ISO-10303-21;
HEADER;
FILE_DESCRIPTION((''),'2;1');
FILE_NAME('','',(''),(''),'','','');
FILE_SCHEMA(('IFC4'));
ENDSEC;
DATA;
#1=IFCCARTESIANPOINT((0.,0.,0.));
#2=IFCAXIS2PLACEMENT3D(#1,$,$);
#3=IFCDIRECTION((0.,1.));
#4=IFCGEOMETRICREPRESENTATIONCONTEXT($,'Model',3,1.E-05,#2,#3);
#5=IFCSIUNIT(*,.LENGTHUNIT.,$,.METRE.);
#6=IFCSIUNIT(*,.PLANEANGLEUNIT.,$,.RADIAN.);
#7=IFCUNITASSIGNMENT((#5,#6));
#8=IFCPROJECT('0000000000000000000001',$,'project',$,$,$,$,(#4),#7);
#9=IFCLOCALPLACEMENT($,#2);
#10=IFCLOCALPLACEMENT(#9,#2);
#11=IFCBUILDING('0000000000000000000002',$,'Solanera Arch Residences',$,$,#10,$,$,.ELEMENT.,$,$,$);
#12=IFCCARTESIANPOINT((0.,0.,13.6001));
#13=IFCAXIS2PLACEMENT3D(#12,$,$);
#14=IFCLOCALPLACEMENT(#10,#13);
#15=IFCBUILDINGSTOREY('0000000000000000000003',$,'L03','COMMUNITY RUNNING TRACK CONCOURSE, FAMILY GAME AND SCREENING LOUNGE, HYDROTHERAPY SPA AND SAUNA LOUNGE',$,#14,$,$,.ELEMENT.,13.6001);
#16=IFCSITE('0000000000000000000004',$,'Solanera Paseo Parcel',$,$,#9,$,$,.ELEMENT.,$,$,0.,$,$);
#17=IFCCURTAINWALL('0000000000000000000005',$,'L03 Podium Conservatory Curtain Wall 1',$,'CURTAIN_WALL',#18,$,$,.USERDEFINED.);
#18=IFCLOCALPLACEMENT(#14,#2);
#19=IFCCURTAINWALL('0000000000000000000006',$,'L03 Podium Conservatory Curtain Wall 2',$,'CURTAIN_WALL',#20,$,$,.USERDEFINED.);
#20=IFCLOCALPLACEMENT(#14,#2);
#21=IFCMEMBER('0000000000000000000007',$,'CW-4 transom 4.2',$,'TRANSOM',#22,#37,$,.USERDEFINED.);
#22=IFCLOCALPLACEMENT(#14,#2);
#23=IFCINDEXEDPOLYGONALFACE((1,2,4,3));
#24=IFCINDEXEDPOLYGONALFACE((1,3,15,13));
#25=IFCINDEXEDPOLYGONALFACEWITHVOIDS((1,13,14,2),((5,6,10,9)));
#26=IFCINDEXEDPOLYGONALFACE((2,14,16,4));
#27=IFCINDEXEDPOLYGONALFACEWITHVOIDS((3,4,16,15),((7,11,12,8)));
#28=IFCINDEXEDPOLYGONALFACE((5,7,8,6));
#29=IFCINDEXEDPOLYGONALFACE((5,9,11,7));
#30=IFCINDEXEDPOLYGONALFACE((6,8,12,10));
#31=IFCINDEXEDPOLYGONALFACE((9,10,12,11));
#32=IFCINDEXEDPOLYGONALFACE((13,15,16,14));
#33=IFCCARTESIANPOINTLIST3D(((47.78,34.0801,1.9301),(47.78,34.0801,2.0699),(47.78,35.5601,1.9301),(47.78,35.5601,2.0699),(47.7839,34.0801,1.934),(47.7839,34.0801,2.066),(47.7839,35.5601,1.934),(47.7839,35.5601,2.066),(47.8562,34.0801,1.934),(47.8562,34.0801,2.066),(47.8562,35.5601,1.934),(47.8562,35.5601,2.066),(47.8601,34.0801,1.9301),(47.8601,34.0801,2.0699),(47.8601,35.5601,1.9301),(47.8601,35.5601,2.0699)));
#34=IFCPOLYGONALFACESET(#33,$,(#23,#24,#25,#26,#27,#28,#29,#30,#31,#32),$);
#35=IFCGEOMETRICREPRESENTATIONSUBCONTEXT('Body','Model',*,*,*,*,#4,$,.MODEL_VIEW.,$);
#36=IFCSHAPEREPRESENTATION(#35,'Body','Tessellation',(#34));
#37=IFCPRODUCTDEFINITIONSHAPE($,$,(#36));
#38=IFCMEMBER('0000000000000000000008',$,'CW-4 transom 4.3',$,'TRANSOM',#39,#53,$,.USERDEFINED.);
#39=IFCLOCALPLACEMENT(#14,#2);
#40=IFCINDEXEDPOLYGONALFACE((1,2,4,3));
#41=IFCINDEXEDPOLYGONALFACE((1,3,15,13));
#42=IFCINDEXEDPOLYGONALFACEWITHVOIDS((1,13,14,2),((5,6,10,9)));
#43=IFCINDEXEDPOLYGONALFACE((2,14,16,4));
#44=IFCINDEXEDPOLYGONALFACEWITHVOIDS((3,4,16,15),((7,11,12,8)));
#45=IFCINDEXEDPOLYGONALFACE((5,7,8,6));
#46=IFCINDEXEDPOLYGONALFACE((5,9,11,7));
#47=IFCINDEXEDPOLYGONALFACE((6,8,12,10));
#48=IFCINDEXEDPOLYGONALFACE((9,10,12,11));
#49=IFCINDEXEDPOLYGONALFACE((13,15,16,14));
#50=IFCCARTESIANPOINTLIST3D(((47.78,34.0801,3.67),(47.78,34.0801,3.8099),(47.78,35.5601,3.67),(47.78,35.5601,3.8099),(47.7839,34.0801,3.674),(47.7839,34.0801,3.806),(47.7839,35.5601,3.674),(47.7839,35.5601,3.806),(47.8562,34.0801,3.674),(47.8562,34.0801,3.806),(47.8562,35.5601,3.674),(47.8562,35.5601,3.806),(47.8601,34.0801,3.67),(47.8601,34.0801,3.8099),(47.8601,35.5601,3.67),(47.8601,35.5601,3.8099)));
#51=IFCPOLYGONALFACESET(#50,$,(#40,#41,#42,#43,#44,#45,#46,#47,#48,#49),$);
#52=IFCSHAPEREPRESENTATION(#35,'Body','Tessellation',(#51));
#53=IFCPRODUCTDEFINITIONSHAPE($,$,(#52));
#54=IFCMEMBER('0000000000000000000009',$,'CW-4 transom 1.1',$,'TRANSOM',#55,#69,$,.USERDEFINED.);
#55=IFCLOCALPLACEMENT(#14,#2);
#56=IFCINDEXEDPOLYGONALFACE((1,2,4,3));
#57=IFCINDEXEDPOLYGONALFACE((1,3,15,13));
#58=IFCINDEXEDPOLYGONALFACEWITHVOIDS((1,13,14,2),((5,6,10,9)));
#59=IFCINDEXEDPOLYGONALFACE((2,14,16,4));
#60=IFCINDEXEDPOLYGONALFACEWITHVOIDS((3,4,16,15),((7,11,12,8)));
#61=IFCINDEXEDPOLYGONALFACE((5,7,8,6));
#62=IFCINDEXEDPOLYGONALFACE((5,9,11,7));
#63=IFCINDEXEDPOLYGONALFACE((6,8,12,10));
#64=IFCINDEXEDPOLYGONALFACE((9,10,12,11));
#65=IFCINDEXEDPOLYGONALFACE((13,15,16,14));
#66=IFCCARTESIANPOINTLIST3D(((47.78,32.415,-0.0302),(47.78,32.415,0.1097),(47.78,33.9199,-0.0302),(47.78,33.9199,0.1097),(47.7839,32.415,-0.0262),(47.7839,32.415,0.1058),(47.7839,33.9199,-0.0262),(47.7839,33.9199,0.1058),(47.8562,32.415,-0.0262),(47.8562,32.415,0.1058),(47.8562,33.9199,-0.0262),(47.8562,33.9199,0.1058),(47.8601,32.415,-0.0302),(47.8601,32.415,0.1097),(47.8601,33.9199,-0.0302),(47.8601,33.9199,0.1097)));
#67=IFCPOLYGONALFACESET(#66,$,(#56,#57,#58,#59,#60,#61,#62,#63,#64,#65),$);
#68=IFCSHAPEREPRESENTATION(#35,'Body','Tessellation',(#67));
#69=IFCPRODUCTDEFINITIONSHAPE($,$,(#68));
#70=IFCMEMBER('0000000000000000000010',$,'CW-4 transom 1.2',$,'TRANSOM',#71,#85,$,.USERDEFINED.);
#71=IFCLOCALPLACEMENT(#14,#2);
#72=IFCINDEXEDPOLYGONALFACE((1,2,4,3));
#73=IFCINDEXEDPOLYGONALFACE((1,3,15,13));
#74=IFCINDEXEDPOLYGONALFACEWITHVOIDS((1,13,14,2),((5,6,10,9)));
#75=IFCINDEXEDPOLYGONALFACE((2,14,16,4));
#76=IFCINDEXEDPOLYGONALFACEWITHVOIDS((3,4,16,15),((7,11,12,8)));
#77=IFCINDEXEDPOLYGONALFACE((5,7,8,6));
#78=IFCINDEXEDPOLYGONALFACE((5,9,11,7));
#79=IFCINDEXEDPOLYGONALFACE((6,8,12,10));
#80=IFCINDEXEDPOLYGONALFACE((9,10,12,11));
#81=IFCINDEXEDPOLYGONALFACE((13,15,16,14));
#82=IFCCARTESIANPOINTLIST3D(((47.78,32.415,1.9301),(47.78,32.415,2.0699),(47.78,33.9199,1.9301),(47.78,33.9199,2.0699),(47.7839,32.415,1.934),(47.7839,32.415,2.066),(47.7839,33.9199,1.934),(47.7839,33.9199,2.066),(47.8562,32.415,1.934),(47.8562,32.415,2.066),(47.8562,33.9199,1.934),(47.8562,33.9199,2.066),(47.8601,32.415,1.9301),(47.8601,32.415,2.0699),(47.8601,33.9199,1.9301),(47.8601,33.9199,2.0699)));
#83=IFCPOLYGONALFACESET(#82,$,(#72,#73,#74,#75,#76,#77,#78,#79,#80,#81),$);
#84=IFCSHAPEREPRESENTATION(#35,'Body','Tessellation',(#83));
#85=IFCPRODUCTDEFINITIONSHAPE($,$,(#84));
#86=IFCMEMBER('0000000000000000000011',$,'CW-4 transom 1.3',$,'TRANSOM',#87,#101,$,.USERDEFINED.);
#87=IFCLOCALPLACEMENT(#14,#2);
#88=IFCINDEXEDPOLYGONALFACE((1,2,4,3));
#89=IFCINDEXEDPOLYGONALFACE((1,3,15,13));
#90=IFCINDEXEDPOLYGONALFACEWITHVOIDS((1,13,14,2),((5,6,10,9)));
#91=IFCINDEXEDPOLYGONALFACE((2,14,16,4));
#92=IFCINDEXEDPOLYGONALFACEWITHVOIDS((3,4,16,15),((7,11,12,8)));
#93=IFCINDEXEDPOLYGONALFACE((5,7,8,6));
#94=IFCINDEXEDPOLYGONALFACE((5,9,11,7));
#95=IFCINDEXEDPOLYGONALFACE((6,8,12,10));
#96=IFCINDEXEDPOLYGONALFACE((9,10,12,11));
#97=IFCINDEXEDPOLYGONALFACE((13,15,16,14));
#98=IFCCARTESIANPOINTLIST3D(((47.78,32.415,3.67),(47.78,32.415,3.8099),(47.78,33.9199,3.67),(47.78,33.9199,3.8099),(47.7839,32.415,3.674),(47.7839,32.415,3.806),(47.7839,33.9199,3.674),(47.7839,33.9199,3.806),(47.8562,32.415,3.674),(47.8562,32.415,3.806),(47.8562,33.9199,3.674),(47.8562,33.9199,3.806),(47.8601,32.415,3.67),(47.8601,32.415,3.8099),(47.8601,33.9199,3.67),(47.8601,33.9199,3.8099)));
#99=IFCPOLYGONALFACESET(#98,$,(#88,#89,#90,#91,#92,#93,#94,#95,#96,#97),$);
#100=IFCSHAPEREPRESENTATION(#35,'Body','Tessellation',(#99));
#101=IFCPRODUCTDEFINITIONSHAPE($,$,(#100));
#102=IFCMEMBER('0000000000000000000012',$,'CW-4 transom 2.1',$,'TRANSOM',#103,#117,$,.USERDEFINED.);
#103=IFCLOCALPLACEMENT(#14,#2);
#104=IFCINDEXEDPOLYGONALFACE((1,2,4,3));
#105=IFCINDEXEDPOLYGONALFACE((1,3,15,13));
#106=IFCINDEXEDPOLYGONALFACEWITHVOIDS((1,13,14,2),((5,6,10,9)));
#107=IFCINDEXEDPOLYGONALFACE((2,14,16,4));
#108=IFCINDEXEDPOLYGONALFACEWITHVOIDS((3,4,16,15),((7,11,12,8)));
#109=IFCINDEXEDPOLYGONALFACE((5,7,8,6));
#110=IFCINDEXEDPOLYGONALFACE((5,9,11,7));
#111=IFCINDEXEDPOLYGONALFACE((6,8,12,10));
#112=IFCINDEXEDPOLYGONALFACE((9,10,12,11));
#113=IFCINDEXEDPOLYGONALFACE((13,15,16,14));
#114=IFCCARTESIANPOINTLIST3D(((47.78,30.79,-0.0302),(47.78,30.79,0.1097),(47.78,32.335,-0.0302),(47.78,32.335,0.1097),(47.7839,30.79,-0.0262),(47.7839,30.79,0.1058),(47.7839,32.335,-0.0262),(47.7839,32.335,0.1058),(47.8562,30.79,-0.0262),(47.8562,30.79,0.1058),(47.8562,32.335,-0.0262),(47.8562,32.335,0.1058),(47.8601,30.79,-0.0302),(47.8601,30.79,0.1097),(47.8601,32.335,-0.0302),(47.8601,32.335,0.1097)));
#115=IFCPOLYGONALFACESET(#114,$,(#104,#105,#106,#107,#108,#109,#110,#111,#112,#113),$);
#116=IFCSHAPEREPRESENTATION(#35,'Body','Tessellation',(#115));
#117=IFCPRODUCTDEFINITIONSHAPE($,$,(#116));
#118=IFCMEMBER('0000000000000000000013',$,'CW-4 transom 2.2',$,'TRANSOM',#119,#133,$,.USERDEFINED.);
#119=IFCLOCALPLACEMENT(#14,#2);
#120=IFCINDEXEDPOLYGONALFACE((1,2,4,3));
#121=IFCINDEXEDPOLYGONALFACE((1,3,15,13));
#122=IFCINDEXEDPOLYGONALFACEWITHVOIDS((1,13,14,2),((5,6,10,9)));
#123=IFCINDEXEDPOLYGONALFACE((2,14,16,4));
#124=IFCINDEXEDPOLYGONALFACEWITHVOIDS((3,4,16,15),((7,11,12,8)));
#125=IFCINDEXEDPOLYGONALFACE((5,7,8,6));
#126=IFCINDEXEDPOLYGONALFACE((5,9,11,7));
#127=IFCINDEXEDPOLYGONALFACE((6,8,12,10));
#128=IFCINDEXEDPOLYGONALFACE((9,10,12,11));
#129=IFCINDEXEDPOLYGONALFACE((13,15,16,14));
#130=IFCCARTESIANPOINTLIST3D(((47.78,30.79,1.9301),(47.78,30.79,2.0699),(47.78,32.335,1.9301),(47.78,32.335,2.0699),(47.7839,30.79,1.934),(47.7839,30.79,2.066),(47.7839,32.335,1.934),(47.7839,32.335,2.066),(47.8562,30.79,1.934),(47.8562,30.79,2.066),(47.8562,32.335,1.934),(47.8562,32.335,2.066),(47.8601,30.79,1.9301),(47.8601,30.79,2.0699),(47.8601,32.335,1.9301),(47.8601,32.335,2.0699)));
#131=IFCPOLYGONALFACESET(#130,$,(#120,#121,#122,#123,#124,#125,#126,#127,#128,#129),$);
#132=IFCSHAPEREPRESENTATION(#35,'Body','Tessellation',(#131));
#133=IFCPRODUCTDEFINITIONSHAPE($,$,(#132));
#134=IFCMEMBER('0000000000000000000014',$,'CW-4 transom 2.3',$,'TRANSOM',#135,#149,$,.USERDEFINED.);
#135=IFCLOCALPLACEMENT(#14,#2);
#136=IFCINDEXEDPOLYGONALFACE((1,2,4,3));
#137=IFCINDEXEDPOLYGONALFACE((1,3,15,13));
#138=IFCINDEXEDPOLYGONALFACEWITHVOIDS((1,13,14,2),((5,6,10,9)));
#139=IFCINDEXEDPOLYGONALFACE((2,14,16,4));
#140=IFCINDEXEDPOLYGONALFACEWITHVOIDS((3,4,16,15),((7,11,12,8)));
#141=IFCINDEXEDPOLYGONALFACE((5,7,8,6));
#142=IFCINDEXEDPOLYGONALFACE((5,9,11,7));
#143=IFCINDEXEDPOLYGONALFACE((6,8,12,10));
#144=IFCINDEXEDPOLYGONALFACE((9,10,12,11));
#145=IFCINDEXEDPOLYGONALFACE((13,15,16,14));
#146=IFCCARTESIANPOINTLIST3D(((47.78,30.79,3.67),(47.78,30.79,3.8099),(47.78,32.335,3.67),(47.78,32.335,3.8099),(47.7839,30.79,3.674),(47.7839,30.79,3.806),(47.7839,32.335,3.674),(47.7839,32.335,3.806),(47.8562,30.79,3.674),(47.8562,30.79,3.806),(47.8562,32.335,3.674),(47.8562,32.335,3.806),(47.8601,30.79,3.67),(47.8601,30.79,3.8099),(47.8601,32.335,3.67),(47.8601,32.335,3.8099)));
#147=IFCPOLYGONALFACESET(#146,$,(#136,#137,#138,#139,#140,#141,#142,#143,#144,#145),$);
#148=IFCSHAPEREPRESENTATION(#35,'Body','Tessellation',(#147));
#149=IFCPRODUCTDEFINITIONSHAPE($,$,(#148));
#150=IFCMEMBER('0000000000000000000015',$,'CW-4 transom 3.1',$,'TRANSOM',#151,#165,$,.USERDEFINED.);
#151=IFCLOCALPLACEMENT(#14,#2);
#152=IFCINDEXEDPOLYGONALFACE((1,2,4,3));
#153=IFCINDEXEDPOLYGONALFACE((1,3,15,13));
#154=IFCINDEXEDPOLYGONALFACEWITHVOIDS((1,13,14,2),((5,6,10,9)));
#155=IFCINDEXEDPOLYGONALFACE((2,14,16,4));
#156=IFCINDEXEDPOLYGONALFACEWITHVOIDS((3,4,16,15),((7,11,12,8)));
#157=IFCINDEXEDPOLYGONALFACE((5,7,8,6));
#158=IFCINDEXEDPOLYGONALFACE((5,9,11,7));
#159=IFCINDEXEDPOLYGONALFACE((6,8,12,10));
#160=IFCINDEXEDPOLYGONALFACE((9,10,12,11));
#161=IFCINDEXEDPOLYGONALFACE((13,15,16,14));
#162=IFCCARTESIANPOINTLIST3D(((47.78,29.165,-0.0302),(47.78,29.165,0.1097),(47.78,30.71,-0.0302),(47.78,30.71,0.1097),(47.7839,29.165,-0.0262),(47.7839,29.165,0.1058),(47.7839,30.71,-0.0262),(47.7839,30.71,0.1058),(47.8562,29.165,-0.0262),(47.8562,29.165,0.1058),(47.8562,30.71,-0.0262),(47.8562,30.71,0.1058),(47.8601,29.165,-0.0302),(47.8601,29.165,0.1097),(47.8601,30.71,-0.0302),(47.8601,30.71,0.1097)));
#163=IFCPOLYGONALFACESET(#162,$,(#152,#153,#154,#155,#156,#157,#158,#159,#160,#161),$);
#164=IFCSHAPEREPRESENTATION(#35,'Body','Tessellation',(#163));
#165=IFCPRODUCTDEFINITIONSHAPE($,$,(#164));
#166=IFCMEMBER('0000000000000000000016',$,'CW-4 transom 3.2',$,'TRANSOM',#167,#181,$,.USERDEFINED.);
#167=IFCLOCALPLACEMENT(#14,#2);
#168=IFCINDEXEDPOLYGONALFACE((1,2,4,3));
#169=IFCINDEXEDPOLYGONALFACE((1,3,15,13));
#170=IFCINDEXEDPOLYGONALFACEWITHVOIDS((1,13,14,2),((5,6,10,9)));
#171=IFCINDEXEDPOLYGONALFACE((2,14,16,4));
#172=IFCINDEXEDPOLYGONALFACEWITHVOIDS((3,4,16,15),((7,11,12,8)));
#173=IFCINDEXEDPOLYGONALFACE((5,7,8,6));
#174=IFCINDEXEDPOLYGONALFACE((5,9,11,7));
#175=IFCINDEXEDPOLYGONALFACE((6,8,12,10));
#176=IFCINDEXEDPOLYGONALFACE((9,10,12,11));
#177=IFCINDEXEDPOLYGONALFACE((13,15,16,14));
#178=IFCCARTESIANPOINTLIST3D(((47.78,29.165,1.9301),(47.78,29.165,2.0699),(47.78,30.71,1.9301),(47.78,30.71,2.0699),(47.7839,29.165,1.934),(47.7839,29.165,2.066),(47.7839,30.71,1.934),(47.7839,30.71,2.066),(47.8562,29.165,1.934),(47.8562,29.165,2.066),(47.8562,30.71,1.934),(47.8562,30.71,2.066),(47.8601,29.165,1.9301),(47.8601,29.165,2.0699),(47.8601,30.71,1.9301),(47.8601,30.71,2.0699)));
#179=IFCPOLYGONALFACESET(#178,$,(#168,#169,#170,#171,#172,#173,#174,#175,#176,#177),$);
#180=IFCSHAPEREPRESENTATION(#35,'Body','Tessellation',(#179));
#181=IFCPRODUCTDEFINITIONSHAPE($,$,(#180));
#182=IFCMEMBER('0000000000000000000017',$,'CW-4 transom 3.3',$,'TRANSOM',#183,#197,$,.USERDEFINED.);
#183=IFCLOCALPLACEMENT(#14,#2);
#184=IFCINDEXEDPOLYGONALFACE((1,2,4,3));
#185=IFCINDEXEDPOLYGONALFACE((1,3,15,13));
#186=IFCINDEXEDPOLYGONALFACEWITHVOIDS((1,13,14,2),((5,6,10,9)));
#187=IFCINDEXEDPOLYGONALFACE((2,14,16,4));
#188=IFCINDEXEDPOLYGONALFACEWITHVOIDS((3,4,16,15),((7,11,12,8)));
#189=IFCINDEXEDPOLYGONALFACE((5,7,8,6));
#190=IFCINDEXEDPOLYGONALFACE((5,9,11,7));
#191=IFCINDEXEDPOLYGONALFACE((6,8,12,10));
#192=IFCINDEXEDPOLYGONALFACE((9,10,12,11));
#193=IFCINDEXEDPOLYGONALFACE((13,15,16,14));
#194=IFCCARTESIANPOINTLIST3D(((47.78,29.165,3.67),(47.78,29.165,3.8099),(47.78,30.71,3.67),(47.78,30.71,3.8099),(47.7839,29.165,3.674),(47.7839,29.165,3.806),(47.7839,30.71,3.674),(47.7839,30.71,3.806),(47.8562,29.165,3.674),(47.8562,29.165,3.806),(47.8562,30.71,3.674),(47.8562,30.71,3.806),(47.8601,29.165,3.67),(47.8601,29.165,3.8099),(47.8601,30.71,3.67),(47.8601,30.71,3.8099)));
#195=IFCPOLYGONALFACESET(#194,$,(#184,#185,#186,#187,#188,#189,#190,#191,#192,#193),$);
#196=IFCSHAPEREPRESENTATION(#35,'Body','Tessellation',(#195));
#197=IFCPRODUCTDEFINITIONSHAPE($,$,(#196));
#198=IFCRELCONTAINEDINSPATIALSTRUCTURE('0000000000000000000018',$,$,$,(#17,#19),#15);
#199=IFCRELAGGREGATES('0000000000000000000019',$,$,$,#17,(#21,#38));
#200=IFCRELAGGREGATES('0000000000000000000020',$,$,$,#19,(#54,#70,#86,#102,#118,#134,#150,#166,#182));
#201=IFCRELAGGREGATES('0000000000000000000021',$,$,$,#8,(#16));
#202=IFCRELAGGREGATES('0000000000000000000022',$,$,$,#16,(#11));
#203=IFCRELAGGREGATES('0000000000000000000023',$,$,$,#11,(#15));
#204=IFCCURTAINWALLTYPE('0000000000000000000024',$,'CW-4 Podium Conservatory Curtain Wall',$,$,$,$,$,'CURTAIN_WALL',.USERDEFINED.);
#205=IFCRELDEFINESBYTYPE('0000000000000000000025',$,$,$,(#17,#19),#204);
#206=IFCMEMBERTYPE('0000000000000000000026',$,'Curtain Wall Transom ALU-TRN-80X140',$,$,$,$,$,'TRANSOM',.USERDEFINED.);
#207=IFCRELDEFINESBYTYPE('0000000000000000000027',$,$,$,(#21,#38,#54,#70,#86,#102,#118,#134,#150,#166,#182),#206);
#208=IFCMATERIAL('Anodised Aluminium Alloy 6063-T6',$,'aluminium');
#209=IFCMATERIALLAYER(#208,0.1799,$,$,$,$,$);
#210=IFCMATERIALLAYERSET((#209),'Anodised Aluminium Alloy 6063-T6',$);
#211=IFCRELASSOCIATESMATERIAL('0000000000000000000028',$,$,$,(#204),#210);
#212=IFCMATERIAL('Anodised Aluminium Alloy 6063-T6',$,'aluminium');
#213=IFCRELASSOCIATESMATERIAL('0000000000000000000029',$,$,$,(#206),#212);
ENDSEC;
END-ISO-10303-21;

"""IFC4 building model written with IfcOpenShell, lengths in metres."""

from ifc_helpers import new_model, si_unit, direction, frame, origin, origin_2d, place, context, subcontext, project, spatial, hollow_rectangle, extrude, material, layer, layer_set, material_profile, profile_set, type_object, element, aggregate, save


model = new_model("IFC4")

# Units and contexts
model_context = context("Model", 3, precision=1e-05, world=origin(), true_north=direction((0.0, 1.0)))
body_context = subcontext(model_context, "Body", "Model", "MODEL_VIEW")
ifc_project = project(units=[si_unit("LENGTHUNIT", "METRE"), si_unit("PLANEANGLEUNIT", "RADIAN")], contexts=[model_context])

# Site, building, storey
site_placement = place(None, origin())
site = spatial("IfcSite", under=ifc_project, at=site_placement, Name="Solanera Paseo Parcel", CompositionType="ELEMENT", RefElevation=0.0)
building_placement = place(site_placement, origin())
building = spatial("IfcBuilding", under=site, at=building_placement, Name="Solanera Arch Residences", CompositionType="ELEMENT")
storey_placement = place(building_placement, frame((0.0, 0.0, 13.6001)))
storey = spatial("IfcBuildingStorey", under=building, at=storey_placement, Name="L03", Description="COMMUNITY RUNNING TRACK CONCOURSE, FAMILY GAME AND SCREENING LOUNGE, HYDROTHERAPY SPA AND SAUNA LOUNGE", CompositionType="ELEMENT", Elevation=13.6001)

# Curtain walls
ifc_material_1 = material(Name="Anodised Aluminium Alloy 6063-T6", Category="aluminium")
ifc_layer_1 = layer(ifc_material_1, 0.1799)
ifc_layer_set_1 = layer_set([ifc_layer_1], Name="Anodised Aluminium Alloy 6063-T6")
curtain_wall_type = type_object("IfcCurtainWallType", Name="CW-4 Podium Conservatory Curtain Wall", ElementType="CURTAIN_WALL", PredefinedType="USERDEFINED", material=ifc_layer_set_1)
curtain_wall_1_placement = place(storey_placement, origin())
curtain_wall_1 = element("IfcCurtainWall", 1, at=curtain_wall_1_placement, inside=storey, type_object=curtain_wall_type, Name="L03 Podium Conservatory Curtain Wall 1", ObjectType="CURTAIN_WALL", PredefinedType="USERDEFINED")
curtain_wall_2_placement = place(storey_placement, origin())
curtain_wall_2 = element("IfcCurtainWall", 2, at=curtain_wall_2_placement, inside=storey, type_object=curtain_wall_type, Name="L03 Podium Conservatory Curtain Wall 2", ObjectType="CURTAIN_WALL", PredefinedType="USERDEFINED")

# Members
ifc_material_2 = material(Name="Anodised Aluminium Alloy 6063-T6", Category="aluminium")
ifc_material_profile_1 = material_profile(ifc_material_2, hollow_rectangle(XDim=0.0801, YDim=0.1399, WallThickness=0.0039, at=origin_2d()))
ifc_profile_set_1 = profile_set([ifc_material_profile_1], Name="Anodised Aluminium Alloy 6063-T6")
member_type_1 = type_object("IfcMemberType", Name="Curtain Wall Transom ALU-TRN-80X140", ElementType="TRANSOM", PredefinedType="USERDEFINED", material=ifc_profile_set_1)
member_1_placement = place(storey_placement, frame((47.8201, 35.5601, 2.0), z_axis=(0.0, -1.0, 0.0), x_axis=(1.0, 0.0, 0.0)))
member_1 = element("IfcMember", 3, at=member_1_placement, type_object=member_type_1, Name="CW-4 transom 4.2", ObjectType="TRANSOM", PredefinedType="USERDEFINED", context=body_context, shape_type="SweptSolid", body=[
    extrude(hollow_rectangle(XDim=0.0801, YDim=0.1399, WallThickness=0.0039, at=origin_2d()), origin(), (0.0, 0.0, 1.0), 1.48),
])
member_2_placement = place(storey_placement, frame((47.8201, 35.5601, 3.74), z_axis=(0.0, -1.0, 0.0), x_axis=(1.0, 0.0, 0.0)))
member_2 = element("IfcMember", 4, at=member_2_placement, type_object=member_type_1, Name="CW-4 transom 4.3", ObjectType="TRANSOM", PredefinedType="USERDEFINED", context=body_context, shape_type="SweptSolid", body=[
    extrude(hollow_rectangle(XDim=0.0801, YDim=0.1399, WallThickness=0.0039, at=origin_2d()), origin(), (0.0, 0.0, 1.0), 1.48),
])
member_3_placement = place(storey_placement, frame((47.8201, 33.9199, 0.0398), z_axis=(0.0, -1.0, 0.0), x_axis=(1.0, 0.0, 0.0)))
member_3 = element("IfcMember", 5, at=member_3_placement, type_object=member_type_1, Name="CW-4 transom 1.1", ObjectType="TRANSOM", PredefinedType="USERDEFINED", context=body_context, shape_type="SweptSolid", body=[
    extrude(hollow_rectangle(XDim=0.0801, YDim=0.1399, WallThickness=0.0039, at=origin_2d()), origin(), (0.0, 0.0, 1.0), 1.5049),
])
member_4_placement = place(storey_placement, frame((47.8201, 33.9199, 2.0), z_axis=(0.0, -1.0, 0.0), x_axis=(1.0, 0.0, 0.0)))
member_4 = element("IfcMember", 6, at=member_4_placement, type_object=member_type_1, Name="CW-4 transom 1.2", ObjectType="TRANSOM", PredefinedType="USERDEFINED", context=body_context, shape_type="SweptSolid", body=[
    extrude(hollow_rectangle(XDim=0.0801, YDim=0.1399, WallThickness=0.0039, at=origin_2d()), origin(), (0.0, 0.0, 1.0), 1.5049),
])
member_5_placement = place(storey_placement, frame((47.8201, 33.9199, 3.74), z_axis=(0.0, -1.0, 0.0), x_axis=(1.0, 0.0, 0.0)))
member_5 = element("IfcMember", 7, at=member_5_placement, type_object=member_type_1, Name="CW-4 transom 1.3", ObjectType="TRANSOM", PredefinedType="USERDEFINED", context=body_context, shape_type="SweptSolid", body=[
    extrude(hollow_rectangle(XDim=0.0801, YDim=0.1399, WallThickness=0.0039, at=origin_2d()), origin(), (0.0, 0.0, 1.0), 1.5049),
])
member_6_placement = place(storey_placement, frame((47.8201, 32.335, 0.0398), z_axis=(0.0, -1.0, 0.0), x_axis=(1.0, 0.0, 0.0)))
member_6 = element("IfcMember", 8, at=member_6_placement, type_object=member_type_1, Name="CW-4 transom 2.1", ObjectType="TRANSOM", PredefinedType="USERDEFINED", context=body_context, shape_type="SweptSolid", body=[
    extrude(hollow_rectangle(XDim=0.0801, YDim=0.1399, WallThickness=0.0039, at=origin_2d()), origin(), (0.0, 0.0, 1.0), 1.5449),
])
member_7_placement = place(storey_placement, frame((47.8201, 32.335, 2.0), z_axis=(0.0, -1.0, 0.0), x_axis=(1.0, 0.0, 0.0)))
member_7 = element("IfcMember", 9, at=member_7_placement, type_object=member_type_1, Name="CW-4 transom 2.2", ObjectType="TRANSOM", PredefinedType="USERDEFINED", context=body_context, shape_type="SweptSolid", body=[
    extrude(hollow_rectangle(XDim=0.0801, YDim=0.1399, WallThickness=0.0039, at=origin_2d()), origin(), (0.0, 0.0, 1.0), 1.5449),
])
member_8_placement = place(storey_placement, frame((47.8201, 32.335, 3.74), z_axis=(0.0, -1.0, 0.0), x_axis=(1.0, 0.0, 0.0)))
member_8 = element("IfcMember", 10, at=member_8_placement, type_object=member_type_1, Name="CW-4 transom 2.3", ObjectType="TRANSOM", PredefinedType="USERDEFINED", context=body_context, shape_type="SweptSolid", body=[
    extrude(hollow_rectangle(XDim=0.0801, YDim=0.1399, WallThickness=0.0039, at=origin_2d()), origin(), (0.0, 0.0, 1.0), 1.5449),
])
member_9_placement = place(storey_placement, frame((47.8201, 30.71, 0.0398), z_axis=(0.0, -1.0, 0.0), x_axis=(1.0, 0.0, 0.0)))
member_9 = element("IfcMember", 11, at=member_9_placement, type_object=member_type_1, Name="CW-4 transom 3.1", ObjectType="TRANSOM", PredefinedType="USERDEFINED", context=body_context, shape_type="SweptSolid", body=[
    extrude(hollow_rectangle(XDim=0.0801, YDim=0.1399, WallThickness=0.0039, at=origin_2d()), origin(), (0.0, 0.0, 1.0), 1.5449),
])
member_10_placement = place(storey_placement, frame((47.8201, 30.71, 2.0), z_axis=(0.0, -1.0, 0.0), x_axis=(1.0, 0.0, 0.0)))
member_10 = element("IfcMember", 12, at=member_10_placement, type_object=member_type_1, Name="CW-4 transom 3.2", ObjectType="TRANSOM", PredefinedType="USERDEFINED", context=body_context, shape_type="SweptSolid", body=[
    extrude(hollow_rectangle(XDim=0.0801, YDim=0.1399, WallThickness=0.0039, at=origin_2d()), origin(), (0.0, 0.0, 1.0), 1.5449),
])
member_11_placement = place(storey_placement, frame((47.8201, 30.71, 3.74), z_axis=(0.0, -1.0, 0.0), x_axis=(1.0, 0.0, 0.0)))
member_11 = element("IfcMember", 13, at=member_11_placement, type_object=member_type_1, Name="CW-4 transom 3.3", ObjectType="TRANSOM", PredefinedType="USERDEFINED", context=body_context, shape_type="SweptSolid", body=[
    extrude(hollow_rectangle(XDim=0.0801, YDim=0.1399, WallThickness=0.0039, at=origin_2d()), origin(), (0.0, 0.0, 1.0), 1.5449),
])

aggregate(curtain_wall_1, [member_1, member_2])
aggregate(curtain_wall_2, [member_3, member_4, member_5, member_6, member_7, member_8, member_9, member_10, member_11])

save(model, "model.ifc")
